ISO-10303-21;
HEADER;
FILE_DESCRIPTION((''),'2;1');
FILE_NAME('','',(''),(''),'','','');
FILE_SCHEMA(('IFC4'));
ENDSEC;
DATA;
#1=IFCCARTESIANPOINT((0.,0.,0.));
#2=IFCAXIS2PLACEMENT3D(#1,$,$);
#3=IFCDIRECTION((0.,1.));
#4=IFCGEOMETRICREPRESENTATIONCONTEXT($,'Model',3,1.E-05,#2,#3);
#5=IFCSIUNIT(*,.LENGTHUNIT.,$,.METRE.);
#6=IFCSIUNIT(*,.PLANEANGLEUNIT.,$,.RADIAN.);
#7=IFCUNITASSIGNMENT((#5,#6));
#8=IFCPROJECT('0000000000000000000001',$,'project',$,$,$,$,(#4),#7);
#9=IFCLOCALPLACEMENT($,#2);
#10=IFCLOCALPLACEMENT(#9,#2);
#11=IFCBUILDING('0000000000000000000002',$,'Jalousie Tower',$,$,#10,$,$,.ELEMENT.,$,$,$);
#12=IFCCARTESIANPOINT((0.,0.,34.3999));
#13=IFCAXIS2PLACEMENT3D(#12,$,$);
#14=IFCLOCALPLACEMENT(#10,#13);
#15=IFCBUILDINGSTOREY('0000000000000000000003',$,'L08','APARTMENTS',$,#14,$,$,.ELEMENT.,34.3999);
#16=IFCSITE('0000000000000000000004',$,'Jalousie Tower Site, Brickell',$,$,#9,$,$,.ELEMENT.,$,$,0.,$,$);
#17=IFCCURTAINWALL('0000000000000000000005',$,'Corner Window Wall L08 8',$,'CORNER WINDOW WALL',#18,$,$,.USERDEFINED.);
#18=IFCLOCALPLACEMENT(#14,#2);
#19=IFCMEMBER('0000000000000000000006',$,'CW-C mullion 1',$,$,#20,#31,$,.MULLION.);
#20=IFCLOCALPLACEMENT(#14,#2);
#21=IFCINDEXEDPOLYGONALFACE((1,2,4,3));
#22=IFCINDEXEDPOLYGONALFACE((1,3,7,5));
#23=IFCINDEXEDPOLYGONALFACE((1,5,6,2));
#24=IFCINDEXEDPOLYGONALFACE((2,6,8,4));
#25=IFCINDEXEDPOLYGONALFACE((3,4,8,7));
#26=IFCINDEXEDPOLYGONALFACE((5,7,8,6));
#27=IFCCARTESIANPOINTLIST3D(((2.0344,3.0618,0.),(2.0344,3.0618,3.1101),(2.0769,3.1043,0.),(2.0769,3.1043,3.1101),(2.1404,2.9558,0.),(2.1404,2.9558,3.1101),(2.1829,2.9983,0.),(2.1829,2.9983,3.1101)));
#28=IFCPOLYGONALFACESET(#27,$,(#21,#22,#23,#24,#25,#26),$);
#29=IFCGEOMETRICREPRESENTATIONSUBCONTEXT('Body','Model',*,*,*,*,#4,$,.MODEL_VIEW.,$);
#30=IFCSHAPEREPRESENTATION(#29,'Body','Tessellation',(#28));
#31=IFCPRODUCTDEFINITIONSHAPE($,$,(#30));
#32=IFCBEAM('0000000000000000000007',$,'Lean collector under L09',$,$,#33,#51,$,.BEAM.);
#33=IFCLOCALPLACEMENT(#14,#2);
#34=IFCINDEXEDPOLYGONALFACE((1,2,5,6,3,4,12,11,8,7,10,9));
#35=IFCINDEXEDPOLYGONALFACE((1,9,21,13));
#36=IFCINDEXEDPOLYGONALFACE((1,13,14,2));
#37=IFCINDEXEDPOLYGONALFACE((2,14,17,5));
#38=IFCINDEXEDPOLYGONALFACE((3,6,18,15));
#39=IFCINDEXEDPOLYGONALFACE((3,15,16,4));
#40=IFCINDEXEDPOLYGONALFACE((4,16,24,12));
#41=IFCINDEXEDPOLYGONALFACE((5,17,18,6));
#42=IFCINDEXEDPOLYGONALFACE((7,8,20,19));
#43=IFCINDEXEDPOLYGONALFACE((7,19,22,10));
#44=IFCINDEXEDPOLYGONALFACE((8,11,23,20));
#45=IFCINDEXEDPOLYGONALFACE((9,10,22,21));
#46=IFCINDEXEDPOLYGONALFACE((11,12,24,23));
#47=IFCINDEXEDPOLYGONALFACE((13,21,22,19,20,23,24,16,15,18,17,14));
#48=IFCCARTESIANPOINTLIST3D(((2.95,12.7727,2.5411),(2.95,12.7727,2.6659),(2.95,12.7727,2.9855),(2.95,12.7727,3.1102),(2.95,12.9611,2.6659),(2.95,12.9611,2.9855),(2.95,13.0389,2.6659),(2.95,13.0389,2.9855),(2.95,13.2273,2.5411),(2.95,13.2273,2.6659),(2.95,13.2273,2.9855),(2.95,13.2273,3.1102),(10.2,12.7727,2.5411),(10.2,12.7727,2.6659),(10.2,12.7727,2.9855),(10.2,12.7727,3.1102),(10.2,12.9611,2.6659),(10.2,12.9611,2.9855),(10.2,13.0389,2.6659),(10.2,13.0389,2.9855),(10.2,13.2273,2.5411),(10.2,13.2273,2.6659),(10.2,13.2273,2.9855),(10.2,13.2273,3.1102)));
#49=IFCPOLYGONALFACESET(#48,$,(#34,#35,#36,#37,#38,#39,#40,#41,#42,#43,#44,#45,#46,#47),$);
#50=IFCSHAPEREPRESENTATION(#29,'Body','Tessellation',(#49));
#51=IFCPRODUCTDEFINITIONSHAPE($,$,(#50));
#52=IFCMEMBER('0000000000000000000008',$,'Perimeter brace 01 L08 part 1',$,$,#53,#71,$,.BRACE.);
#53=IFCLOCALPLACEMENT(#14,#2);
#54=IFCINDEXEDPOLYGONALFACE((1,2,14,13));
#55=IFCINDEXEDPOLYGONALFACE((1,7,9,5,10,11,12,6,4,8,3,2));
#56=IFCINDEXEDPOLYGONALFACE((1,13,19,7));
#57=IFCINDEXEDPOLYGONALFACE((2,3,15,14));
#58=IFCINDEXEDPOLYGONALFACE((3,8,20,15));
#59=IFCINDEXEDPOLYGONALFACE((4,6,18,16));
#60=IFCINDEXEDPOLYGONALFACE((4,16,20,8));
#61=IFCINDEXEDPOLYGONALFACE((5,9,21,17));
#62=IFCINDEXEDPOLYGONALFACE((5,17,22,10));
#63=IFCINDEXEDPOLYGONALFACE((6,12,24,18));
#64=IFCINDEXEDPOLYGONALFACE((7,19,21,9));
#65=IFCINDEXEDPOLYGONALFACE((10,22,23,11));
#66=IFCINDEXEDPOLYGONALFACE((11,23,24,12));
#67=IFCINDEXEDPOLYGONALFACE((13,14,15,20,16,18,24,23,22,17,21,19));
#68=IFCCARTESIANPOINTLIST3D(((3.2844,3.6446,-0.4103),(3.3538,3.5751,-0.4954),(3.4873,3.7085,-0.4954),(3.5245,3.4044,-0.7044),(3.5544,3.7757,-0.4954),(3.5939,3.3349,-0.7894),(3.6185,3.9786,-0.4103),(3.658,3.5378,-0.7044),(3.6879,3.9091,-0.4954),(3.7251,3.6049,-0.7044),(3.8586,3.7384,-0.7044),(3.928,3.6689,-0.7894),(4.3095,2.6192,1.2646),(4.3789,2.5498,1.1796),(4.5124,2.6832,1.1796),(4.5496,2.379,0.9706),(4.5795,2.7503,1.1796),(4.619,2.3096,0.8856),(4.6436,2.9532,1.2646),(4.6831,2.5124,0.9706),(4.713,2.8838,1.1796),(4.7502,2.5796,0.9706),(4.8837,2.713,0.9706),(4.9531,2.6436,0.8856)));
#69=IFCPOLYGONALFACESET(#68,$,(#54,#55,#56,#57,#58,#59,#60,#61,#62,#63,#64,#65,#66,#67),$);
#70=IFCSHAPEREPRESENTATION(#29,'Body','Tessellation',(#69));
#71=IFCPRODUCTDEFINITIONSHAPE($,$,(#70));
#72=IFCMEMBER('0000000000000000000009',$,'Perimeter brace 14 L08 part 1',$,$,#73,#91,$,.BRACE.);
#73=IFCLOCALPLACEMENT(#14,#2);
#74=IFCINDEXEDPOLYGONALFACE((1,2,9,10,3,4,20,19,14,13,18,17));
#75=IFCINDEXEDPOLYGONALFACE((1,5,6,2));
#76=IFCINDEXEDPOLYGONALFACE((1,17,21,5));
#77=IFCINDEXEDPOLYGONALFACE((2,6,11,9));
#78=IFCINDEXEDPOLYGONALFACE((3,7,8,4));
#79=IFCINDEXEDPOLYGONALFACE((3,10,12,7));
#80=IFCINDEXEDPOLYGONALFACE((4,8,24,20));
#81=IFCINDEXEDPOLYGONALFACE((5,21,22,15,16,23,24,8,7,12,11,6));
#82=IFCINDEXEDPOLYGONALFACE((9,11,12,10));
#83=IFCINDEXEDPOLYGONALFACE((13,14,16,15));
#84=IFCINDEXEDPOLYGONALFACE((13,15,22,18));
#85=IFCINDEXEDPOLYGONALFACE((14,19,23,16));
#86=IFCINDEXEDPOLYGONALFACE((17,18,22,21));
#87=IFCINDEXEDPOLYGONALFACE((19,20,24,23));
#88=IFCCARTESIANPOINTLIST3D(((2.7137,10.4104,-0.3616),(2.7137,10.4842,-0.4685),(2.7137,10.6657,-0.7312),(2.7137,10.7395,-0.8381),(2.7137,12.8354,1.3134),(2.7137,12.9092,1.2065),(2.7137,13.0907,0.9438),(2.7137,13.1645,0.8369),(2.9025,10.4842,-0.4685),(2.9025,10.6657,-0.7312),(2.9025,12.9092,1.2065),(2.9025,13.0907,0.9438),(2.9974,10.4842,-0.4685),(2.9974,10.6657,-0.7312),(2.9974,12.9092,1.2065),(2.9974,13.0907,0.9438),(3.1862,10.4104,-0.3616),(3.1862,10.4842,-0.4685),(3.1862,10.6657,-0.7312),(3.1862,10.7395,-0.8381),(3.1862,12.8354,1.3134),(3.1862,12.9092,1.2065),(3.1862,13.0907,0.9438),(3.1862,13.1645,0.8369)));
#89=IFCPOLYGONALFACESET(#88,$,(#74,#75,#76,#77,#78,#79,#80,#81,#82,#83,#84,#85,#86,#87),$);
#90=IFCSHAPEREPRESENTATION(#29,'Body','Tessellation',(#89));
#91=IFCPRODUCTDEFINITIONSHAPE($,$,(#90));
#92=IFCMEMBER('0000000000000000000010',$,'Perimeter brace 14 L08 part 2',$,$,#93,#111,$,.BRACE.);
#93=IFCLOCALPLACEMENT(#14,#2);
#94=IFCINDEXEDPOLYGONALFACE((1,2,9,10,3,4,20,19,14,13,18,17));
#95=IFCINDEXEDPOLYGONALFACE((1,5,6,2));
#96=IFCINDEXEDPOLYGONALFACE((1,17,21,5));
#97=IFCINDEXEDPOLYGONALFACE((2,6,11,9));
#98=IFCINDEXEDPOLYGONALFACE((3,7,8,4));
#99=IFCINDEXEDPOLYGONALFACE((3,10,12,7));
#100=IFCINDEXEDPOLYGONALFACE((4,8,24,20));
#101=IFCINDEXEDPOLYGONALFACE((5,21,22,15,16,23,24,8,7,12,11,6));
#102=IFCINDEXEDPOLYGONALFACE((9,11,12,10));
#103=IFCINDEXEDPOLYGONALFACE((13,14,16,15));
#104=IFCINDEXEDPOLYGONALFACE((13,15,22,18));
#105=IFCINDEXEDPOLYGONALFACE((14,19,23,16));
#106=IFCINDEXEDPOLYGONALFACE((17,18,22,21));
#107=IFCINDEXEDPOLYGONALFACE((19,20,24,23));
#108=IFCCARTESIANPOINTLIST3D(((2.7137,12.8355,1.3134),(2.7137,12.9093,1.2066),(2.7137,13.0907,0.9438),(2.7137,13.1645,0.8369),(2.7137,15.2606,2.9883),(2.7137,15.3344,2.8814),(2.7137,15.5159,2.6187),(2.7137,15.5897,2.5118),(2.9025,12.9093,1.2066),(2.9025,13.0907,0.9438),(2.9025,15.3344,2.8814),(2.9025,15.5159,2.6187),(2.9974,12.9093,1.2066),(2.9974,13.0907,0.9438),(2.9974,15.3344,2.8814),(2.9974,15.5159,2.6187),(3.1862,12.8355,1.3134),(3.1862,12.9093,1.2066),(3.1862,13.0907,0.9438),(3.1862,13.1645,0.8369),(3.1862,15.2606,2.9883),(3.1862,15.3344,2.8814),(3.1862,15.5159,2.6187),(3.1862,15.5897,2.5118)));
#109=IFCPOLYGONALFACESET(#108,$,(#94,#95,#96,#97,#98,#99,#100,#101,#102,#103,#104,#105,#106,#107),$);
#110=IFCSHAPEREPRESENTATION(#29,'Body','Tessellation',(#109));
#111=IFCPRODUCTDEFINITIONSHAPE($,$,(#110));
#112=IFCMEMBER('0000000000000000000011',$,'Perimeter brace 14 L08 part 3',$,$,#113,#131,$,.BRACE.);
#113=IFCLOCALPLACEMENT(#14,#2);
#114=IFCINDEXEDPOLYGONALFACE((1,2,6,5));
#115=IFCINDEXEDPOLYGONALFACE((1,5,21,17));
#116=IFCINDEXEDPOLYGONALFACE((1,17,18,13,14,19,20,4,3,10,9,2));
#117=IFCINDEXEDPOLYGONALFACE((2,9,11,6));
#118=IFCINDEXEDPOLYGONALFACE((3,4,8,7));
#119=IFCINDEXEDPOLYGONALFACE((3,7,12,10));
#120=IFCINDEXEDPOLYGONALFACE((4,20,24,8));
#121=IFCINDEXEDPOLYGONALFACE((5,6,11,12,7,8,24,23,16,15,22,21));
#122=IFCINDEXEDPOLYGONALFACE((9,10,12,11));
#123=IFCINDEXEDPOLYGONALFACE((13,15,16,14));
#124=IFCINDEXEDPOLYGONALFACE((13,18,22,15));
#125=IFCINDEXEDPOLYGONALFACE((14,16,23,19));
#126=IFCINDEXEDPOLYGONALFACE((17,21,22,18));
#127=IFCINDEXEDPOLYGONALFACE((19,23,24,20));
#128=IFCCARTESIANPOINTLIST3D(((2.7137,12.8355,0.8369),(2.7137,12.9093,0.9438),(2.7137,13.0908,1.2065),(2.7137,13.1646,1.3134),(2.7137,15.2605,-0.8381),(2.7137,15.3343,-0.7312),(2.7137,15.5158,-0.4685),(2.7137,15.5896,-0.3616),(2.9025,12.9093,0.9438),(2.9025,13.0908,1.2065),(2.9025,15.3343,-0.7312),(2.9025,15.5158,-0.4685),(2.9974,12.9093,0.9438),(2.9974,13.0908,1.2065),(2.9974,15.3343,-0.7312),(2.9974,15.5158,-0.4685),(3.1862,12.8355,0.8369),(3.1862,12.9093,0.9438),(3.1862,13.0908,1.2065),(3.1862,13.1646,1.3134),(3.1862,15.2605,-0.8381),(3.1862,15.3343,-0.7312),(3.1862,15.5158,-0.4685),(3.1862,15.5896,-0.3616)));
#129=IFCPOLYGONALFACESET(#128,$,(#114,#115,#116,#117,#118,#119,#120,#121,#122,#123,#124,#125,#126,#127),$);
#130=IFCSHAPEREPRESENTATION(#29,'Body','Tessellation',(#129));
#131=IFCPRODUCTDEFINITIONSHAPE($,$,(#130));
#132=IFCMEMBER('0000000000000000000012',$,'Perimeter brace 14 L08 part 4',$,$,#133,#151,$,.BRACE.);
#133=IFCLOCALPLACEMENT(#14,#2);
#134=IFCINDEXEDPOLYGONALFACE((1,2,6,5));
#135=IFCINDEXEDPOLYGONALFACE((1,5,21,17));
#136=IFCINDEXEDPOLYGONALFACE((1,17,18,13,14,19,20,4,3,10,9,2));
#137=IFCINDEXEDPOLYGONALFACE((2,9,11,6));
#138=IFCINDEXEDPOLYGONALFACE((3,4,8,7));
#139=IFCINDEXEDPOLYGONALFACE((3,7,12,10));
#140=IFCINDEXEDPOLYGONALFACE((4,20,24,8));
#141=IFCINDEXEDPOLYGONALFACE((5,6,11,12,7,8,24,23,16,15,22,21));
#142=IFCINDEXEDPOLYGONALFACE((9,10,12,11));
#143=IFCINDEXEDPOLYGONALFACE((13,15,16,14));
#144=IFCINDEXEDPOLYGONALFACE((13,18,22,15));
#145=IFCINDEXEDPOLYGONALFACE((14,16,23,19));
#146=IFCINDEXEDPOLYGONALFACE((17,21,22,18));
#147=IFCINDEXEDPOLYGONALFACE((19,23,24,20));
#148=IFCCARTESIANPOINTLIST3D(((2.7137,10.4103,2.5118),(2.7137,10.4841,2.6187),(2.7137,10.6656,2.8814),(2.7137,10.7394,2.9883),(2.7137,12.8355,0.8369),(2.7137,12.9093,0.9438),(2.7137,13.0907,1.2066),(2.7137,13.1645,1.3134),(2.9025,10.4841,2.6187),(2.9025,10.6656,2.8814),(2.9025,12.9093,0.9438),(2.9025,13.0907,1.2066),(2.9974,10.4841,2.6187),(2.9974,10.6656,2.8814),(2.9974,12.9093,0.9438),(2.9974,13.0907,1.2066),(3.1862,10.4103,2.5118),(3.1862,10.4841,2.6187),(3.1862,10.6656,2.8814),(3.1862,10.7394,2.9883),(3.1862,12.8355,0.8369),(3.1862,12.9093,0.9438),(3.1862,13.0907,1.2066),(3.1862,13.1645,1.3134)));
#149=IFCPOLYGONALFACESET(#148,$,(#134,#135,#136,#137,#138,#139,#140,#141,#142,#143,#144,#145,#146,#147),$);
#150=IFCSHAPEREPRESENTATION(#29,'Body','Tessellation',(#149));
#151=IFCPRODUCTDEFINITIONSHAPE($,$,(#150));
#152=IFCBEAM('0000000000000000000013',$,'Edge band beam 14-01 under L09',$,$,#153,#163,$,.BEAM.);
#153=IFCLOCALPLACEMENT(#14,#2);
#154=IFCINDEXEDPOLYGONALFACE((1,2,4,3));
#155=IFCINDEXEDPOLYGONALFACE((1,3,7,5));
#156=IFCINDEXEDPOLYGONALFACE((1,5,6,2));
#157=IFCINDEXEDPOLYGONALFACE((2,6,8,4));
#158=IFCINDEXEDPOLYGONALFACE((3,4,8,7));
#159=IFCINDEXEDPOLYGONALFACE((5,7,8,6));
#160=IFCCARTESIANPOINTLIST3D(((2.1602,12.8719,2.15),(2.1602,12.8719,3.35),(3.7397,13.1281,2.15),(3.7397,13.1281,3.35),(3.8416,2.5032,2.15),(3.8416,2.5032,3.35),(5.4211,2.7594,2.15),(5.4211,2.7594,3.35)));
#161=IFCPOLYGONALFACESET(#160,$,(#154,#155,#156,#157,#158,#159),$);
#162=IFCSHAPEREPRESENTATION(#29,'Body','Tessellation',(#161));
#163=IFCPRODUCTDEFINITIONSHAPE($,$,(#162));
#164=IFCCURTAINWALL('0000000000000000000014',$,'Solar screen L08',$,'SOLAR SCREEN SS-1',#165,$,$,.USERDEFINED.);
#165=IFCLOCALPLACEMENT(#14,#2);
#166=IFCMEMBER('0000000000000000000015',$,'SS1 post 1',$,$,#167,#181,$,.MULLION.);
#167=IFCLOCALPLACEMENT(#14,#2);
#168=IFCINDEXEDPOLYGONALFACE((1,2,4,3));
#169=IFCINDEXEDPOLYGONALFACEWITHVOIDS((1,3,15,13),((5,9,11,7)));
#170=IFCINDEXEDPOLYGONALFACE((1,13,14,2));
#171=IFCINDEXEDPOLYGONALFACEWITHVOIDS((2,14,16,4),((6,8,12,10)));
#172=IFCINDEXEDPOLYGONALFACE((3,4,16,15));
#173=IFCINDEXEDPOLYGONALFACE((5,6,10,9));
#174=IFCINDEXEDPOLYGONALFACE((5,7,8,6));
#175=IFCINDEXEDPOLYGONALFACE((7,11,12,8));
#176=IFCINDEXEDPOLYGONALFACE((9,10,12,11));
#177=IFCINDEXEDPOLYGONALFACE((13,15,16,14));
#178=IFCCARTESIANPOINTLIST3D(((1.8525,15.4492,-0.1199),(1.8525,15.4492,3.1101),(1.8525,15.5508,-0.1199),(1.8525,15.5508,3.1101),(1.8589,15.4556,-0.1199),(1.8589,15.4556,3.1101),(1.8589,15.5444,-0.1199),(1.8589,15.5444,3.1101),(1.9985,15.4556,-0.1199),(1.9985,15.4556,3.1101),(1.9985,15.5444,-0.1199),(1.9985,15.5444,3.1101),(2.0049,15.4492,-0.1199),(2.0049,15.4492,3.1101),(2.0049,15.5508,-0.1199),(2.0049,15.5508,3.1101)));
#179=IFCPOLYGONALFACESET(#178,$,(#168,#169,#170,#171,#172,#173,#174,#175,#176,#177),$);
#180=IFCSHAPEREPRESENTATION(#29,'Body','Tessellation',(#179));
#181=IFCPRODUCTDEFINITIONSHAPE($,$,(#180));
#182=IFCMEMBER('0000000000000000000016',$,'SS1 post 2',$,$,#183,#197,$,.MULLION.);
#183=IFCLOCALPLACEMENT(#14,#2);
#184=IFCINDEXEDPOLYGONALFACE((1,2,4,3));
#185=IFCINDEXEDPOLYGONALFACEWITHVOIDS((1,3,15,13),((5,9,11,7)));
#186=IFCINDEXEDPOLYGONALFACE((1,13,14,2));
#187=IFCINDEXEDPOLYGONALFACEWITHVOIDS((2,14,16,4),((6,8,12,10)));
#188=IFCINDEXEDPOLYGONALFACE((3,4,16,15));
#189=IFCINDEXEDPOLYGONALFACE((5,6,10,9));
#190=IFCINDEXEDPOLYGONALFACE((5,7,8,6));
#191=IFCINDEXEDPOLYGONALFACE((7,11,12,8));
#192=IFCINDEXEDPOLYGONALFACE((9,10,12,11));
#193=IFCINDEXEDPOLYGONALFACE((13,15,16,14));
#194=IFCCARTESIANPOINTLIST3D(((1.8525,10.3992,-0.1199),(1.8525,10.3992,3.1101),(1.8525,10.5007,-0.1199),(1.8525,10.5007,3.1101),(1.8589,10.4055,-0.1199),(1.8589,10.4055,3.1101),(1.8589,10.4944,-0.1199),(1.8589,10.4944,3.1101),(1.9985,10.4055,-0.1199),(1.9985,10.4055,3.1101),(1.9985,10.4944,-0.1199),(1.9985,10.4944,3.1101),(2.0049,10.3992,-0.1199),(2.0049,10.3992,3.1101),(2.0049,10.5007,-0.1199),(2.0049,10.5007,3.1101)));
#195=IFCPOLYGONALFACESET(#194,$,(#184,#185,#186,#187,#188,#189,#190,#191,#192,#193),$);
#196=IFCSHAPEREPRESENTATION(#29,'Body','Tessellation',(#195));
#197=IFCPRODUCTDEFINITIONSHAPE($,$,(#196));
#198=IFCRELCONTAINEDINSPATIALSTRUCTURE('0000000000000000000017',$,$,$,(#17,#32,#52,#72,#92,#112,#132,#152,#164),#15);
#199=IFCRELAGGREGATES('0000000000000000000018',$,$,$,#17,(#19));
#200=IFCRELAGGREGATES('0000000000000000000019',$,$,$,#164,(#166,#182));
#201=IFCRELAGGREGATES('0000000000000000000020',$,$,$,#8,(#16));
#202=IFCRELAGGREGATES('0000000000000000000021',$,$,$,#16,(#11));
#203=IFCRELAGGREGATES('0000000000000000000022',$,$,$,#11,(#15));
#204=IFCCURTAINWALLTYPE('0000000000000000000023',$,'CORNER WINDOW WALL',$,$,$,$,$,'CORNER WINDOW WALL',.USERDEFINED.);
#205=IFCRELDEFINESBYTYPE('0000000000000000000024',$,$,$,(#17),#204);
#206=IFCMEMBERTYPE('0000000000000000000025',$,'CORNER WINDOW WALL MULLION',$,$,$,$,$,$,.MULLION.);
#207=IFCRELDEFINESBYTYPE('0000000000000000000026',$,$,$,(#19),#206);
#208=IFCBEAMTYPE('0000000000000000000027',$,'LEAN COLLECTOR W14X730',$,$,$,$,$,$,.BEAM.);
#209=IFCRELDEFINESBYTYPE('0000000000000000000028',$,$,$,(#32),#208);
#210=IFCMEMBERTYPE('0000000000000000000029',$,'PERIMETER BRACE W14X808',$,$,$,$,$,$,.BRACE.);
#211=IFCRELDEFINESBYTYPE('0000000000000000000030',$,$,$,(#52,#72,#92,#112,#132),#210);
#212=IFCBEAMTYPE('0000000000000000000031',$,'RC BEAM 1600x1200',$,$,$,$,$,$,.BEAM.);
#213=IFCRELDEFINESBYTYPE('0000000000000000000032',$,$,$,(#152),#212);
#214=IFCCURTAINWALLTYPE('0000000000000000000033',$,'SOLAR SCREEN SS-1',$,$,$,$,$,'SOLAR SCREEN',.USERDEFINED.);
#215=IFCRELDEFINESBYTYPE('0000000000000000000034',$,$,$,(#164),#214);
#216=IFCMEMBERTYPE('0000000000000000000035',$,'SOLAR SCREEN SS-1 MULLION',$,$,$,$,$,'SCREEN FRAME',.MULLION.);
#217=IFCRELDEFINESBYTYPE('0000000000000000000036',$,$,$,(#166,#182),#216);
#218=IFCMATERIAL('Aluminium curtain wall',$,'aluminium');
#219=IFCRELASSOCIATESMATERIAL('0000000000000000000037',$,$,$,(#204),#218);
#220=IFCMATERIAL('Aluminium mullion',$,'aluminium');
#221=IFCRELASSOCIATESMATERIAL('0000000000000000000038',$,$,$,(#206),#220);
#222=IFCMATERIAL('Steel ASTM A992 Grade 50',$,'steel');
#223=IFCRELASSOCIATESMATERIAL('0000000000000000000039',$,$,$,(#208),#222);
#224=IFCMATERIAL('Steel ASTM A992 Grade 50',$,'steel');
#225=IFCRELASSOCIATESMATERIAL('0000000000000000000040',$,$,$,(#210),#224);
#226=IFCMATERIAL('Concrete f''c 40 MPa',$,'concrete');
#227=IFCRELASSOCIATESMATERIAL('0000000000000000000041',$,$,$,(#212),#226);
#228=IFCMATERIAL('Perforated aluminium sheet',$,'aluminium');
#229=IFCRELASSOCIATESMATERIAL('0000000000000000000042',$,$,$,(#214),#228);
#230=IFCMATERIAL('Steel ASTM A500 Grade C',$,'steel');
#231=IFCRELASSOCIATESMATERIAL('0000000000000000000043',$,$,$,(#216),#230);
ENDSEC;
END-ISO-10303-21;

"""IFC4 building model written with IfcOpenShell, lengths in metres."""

from ifc_helpers import new_model, si_unit, direction, frame, origin, origin_2d, place, context, subcontext, project, spatial, rectangle, hollow_rectangle, i_section, extrude, material, material_profile, profile_set, type_object, element, aggregate, save


model = new_model("IFC4")

# Units and contexts
model_context = context("Model", 3, precision=1e-05, world=origin(), true_north=direction((0.0, 1.0)))
body_context = subcontext(model_context, "Body", "Model", "MODEL_VIEW")
ifc_project = project(units=[si_unit("LENGTHUNIT", "METRE"), si_unit("PLANEANGLEUNIT", "RADIAN")], contexts=[model_context])

# Site, building, storey
site_placement = place(None, origin())
site = spatial("IfcSite", under=ifc_project, at=site_placement, Name="Jalousie Tower Site, Brickell", CompositionType="ELEMENT", RefElevation=0.0)
building_placement = place(site_placement, origin())
building = spatial("IfcBuilding", under=site, at=building_placement, Name="Jalousie Tower", CompositionType="ELEMENT")
storey_placement = place(building_placement, frame((0.0, 0.0, 34.3999)))
storey = spatial("IfcBuildingStorey", under=building, at=storey_placement, Name="L08", Description="APARTMENTS", CompositionType="ELEMENT", Elevation=34.3999)

# Curtain wall, member
ifc_material_1 = material(Name="Aluminium curtain wall", Category="aluminium")
curtain_wall_type_1 = type_object("IfcCurtainWallType", Name="CORNER WINDOW WALL", ElementType="CORNER WINDOW WALL", PredefinedType="USERDEFINED", material=ifc_material_1)
curtain_wall_1_placement = place(storey_placement, origin())
curtain_wall_1 = element("IfcCurtainWall", 1, at=curtain_wall_1_placement, inside=storey, type_object=curtain_wall_type_1, Name="Corner Window Wall L08 8", ObjectType="CORNER WINDOW WALL", PredefinedType="USERDEFINED")
ifc_material_2 = material(Name="Aluminium mullion", Category="aluminium")
ifc_material_profile_1 = material_profile(ifc_material_2, rectangle(XDim=0.0601, YDim=0.1499, at=origin_2d()), Name="MULLION 60x150")
ifc_profile_set_1 = profile_set([ifc_material_profile_1], Name="Aluminium mullion")
member_type_1 = type_object("IfcMemberType", Name="CORNER WINDOW WALL MULLION", PredefinedType="MULLION", material=ifc_profile_set_1)
member_1_placement = place(storey_placement, frame((2.1086, 3.03, 0.0), z_axis=(0.0, 0.0, 1.0), x_axis=(0.707107, 0.707107, 0.0)))
member_1 = element("IfcMember", 2, at=member_1_placement, type_object=member_type_1, Name="CW-C mullion 1", PredefinedType="MULLION", context=body_context, shape_type="SweptSolid", body=[
    extrude(rectangle(XDim=0.0601, YDim=0.1499, at=origin_2d()), origin(), (0.0, 0.0, 1.0), 3.1101),
])
aggregate(curtain_wall_1, [member_1])

# Beam
ifc_material_3 = material(Name="Steel ASTM A992 Grade 50", Category="steel")
ifc_material_profile_2 = material_profile(ifc_material_3, i_section(OverallWidth=0.4546, OverallDepth=0.5691, WebThickness=0.0779, FlangeThickness=0.1248, at=origin_2d()), Name="W14X730")
ifc_profile_set_2 = profile_set([ifc_material_profile_2], Name="Steel ASTM A992 Grade 50")
beam_type_1 = type_object("IfcBeamType", Name="LEAN COLLECTOR W14X730", PredefinedType="BEAM", material=ifc_profile_set_2)
beam_1_placement = place(storey_placement, frame((2.95, 13.0, 2.8257), z_axis=(1.0, 0.0, 0.0), x_axis=(0.0, 1.0, 0.0)))
element("IfcBeam", 3, at=beam_1_placement, inside=storey, type_object=beam_type_1, Name="Lean collector under L09", PredefinedType="BEAM", context=body_context, shape_type="SweptSolid", body=[
    extrude(i_section(OverallWidth=0.4546, OverallDepth=0.5691, WebThickness=0.0779, FlangeThickness=0.1248, at=origin_2d()), origin(), (0.0, 0.0, 1.0), 7.25),
])

# Members
ifc_material_4 = material(Name="Steel ASTM A992 Grade 50", Category="steel")
ifc_material_profile_3 = material_profile(ifc_material_4, i_section(OverallWidth=0.4724, OverallDepth=0.5791, WebThickness=0.095, FlangeThickness=0.1299, at=origin_2d()), Name="W14X808")
ifc_profile_set_3 = profile_set([ifc_material_profile_3], Name="Steel ASTM A992 Grade 50")
member_type_2 = type_object("IfcMemberType", Name="PERIMETER BRACE W14X808", PredefinedType="BRACE", material=ifc_profile_set_3)
member_2_placement = place(storey_placement, frame((3.6062, 3.6567, -0.5999), z_axis=(0.46273, -0.46284, 0.756082), x_axis=(0.707191, 0.707023, 0.0)))
element("IfcMember", 4, at=member_2_placement, inside=storey, type_object=member_type_2, Name="Perimeter brace 01 L08 part 1", PredefinedType="BRACE", context=body_context, shape_type="SweptSolid", body=[
    extrude(i_section(OverallWidth=0.4724, OverallDepth=0.5791, WebThickness=0.095, FlangeThickness=0.1299, at=origin_2d()), origin(), (0.0, 0.0, 1.0), 2.2153),
])
for number, where, z_axis, x_axis, name in (
    (5, (2.95, 10.575, -0.5999), (0.0, 0.8228, 0.568331), (-1.0, 0.0, 0.0), "Perimeter brace 14 L08 part 1"),
    (6, (2.95, 13.0, 1.0752), (0.0, 0.822839, 0.568275), (-1.0, 0.0, 0.0), "Perimeter brace 14 L08 part 2"),
    (7, (2.95, 15.425, -0.5999), (0.0, -0.8228, 0.568331), (1.0, 0.0, 0.0), "Perimeter brace 14 L08 part 3"),
    (8, (2.95, 13.0, 1.0752), (0.0, -0.822839, 0.568275), (1.0, 0.0, 0.0), "Perimeter brace 14 L08 part 4"),
):
    element("IfcMember", number, at=place(storey_placement, frame(where, z_axis=z_axis, x_axis=x_axis)), inside=storey, type_object=member_type_2, Name=name, PredefinedType="BRACE", context=body_context, shape_type="SweptSolid", body=[
        extrude(i_section(OverallWidth=0.4724, OverallDepth=0.5791, WebThickness=0.095, FlangeThickness=0.1299, at=origin_2d()), origin(), (0.0, 0.0, 1.0), 2.9473),
    ])

# Beam
ifc_material_5 = material(Name="Concrete f'c 40 MPa", Category="concrete")
ifc_material_profile_4 = material_profile(ifc_material_5, rectangle(XDim=1.6001, YDim=1.2, at=origin_2d()), Name="RC 1600x1200")
ifc_profile_set_4 = profile_set([ifc_material_profile_4], Name="Concrete f'c 40 MPa")
beam_type_2 = type_object("IfcBeamType", Name="RC BEAM 1600x1200", PredefinedType="BEAM", material=ifc_profile_set_4)
beam_2_placement = place(storey_placement, frame((2.95, 13.0, 2.75), z_axis=(0.160071, -0.987106, 0.0), x_axis=(0.987106, 0.160071, 0.0)))
element("IfcBeam", 9, at=beam_2_placement, inside=storey, type_object=beam_type_2, Name="Edge band beam 14-01 under L09", PredefinedType="BEAM", context=body_context, shape_type="SweptSolid", body=[
    extrude(rectangle(XDim=1.6001, YDim=1.2, at=origin_2d()), origin(), (0.0, 0.0, 1.0), 10.5042),
])

# Curtain wall, members
ifc_material_6 = material(Name="Perforated aluminium sheet", Category="aluminium")
curtain_wall_type_2 = type_object("IfcCurtainWallType", Name="SOLAR SCREEN SS-1", ElementType="SOLAR SCREEN", PredefinedType="USERDEFINED", material=ifc_material_6)
curtain_wall_2_placement = place(storey_placement, origin())
curtain_wall_2 = element("IfcCurtainWall", 10, at=curtain_wall_2_placement, inside=storey, type_object=curtain_wall_type_2, Name="Solar screen L08", ObjectType="SOLAR SCREEN SS-1", PredefinedType="USERDEFINED")
ifc_material_7 = material(Name="Steel ASTM A500 Grade C", Category="steel")
ifc_material_profile_5 = material_profile(ifc_material_7, hollow_rectangle(XDim=0.1016, YDim=0.1523, WallThickness=0.0063, at=origin_2d()), Name="HSS6X4X1/4")
ifc_profile_set_5 = profile_set([ifc_material_profile_5], Name="Steel ASTM A500 Grade C")
member_type_3 = type_object("IfcMemberType", Name="SOLAR SCREEN SS-1 MULLION", ElementType="SCREEN FRAME", PredefinedType="MULLION", material=ifc_profile_set_5)
member_3_placement = place(storey_placement, frame((1.9287, 15.5, -0.1199), z_axis=(0.0, 0.0, 1.0), x_axis=(0.0, -1.0, 0.0)))
member_3 = element("IfcMember", 11, at=member_3_placement, type_object=member_type_3, Name="SS1 post 1", PredefinedType="MULLION", context=body_context, shape_type="SweptSolid", body=[
    extrude(hollow_rectangle(XDim=0.1016, YDim=0.1523, WallThickness=0.0063, at=origin_2d()), origin(), (0.0, 0.0, 1.0), 3.23),
])
member_4_placement = place(storey_placement, frame((1.9287, 10.45, -0.1199), z_axis=(0.0, 0.0, 1.0), x_axis=(0.0, -1.0, 0.0)))
member_4 = element("IfcMember", 12, at=member_4_placement, type_object=member_type_3, Name="SS1 post 2", PredefinedType="MULLION", context=body_context, shape_type="SweptSolid", body=[
    extrude(hollow_rectangle(XDim=0.1016, YDim=0.1523, WallThickness=0.0063, at=origin_2d()), origin(), (0.0, 0.0, 1.0), 3.23),
])

aggregate(curtain_wall_2, [member_3, member_4])

save(model, "model.ifc")
